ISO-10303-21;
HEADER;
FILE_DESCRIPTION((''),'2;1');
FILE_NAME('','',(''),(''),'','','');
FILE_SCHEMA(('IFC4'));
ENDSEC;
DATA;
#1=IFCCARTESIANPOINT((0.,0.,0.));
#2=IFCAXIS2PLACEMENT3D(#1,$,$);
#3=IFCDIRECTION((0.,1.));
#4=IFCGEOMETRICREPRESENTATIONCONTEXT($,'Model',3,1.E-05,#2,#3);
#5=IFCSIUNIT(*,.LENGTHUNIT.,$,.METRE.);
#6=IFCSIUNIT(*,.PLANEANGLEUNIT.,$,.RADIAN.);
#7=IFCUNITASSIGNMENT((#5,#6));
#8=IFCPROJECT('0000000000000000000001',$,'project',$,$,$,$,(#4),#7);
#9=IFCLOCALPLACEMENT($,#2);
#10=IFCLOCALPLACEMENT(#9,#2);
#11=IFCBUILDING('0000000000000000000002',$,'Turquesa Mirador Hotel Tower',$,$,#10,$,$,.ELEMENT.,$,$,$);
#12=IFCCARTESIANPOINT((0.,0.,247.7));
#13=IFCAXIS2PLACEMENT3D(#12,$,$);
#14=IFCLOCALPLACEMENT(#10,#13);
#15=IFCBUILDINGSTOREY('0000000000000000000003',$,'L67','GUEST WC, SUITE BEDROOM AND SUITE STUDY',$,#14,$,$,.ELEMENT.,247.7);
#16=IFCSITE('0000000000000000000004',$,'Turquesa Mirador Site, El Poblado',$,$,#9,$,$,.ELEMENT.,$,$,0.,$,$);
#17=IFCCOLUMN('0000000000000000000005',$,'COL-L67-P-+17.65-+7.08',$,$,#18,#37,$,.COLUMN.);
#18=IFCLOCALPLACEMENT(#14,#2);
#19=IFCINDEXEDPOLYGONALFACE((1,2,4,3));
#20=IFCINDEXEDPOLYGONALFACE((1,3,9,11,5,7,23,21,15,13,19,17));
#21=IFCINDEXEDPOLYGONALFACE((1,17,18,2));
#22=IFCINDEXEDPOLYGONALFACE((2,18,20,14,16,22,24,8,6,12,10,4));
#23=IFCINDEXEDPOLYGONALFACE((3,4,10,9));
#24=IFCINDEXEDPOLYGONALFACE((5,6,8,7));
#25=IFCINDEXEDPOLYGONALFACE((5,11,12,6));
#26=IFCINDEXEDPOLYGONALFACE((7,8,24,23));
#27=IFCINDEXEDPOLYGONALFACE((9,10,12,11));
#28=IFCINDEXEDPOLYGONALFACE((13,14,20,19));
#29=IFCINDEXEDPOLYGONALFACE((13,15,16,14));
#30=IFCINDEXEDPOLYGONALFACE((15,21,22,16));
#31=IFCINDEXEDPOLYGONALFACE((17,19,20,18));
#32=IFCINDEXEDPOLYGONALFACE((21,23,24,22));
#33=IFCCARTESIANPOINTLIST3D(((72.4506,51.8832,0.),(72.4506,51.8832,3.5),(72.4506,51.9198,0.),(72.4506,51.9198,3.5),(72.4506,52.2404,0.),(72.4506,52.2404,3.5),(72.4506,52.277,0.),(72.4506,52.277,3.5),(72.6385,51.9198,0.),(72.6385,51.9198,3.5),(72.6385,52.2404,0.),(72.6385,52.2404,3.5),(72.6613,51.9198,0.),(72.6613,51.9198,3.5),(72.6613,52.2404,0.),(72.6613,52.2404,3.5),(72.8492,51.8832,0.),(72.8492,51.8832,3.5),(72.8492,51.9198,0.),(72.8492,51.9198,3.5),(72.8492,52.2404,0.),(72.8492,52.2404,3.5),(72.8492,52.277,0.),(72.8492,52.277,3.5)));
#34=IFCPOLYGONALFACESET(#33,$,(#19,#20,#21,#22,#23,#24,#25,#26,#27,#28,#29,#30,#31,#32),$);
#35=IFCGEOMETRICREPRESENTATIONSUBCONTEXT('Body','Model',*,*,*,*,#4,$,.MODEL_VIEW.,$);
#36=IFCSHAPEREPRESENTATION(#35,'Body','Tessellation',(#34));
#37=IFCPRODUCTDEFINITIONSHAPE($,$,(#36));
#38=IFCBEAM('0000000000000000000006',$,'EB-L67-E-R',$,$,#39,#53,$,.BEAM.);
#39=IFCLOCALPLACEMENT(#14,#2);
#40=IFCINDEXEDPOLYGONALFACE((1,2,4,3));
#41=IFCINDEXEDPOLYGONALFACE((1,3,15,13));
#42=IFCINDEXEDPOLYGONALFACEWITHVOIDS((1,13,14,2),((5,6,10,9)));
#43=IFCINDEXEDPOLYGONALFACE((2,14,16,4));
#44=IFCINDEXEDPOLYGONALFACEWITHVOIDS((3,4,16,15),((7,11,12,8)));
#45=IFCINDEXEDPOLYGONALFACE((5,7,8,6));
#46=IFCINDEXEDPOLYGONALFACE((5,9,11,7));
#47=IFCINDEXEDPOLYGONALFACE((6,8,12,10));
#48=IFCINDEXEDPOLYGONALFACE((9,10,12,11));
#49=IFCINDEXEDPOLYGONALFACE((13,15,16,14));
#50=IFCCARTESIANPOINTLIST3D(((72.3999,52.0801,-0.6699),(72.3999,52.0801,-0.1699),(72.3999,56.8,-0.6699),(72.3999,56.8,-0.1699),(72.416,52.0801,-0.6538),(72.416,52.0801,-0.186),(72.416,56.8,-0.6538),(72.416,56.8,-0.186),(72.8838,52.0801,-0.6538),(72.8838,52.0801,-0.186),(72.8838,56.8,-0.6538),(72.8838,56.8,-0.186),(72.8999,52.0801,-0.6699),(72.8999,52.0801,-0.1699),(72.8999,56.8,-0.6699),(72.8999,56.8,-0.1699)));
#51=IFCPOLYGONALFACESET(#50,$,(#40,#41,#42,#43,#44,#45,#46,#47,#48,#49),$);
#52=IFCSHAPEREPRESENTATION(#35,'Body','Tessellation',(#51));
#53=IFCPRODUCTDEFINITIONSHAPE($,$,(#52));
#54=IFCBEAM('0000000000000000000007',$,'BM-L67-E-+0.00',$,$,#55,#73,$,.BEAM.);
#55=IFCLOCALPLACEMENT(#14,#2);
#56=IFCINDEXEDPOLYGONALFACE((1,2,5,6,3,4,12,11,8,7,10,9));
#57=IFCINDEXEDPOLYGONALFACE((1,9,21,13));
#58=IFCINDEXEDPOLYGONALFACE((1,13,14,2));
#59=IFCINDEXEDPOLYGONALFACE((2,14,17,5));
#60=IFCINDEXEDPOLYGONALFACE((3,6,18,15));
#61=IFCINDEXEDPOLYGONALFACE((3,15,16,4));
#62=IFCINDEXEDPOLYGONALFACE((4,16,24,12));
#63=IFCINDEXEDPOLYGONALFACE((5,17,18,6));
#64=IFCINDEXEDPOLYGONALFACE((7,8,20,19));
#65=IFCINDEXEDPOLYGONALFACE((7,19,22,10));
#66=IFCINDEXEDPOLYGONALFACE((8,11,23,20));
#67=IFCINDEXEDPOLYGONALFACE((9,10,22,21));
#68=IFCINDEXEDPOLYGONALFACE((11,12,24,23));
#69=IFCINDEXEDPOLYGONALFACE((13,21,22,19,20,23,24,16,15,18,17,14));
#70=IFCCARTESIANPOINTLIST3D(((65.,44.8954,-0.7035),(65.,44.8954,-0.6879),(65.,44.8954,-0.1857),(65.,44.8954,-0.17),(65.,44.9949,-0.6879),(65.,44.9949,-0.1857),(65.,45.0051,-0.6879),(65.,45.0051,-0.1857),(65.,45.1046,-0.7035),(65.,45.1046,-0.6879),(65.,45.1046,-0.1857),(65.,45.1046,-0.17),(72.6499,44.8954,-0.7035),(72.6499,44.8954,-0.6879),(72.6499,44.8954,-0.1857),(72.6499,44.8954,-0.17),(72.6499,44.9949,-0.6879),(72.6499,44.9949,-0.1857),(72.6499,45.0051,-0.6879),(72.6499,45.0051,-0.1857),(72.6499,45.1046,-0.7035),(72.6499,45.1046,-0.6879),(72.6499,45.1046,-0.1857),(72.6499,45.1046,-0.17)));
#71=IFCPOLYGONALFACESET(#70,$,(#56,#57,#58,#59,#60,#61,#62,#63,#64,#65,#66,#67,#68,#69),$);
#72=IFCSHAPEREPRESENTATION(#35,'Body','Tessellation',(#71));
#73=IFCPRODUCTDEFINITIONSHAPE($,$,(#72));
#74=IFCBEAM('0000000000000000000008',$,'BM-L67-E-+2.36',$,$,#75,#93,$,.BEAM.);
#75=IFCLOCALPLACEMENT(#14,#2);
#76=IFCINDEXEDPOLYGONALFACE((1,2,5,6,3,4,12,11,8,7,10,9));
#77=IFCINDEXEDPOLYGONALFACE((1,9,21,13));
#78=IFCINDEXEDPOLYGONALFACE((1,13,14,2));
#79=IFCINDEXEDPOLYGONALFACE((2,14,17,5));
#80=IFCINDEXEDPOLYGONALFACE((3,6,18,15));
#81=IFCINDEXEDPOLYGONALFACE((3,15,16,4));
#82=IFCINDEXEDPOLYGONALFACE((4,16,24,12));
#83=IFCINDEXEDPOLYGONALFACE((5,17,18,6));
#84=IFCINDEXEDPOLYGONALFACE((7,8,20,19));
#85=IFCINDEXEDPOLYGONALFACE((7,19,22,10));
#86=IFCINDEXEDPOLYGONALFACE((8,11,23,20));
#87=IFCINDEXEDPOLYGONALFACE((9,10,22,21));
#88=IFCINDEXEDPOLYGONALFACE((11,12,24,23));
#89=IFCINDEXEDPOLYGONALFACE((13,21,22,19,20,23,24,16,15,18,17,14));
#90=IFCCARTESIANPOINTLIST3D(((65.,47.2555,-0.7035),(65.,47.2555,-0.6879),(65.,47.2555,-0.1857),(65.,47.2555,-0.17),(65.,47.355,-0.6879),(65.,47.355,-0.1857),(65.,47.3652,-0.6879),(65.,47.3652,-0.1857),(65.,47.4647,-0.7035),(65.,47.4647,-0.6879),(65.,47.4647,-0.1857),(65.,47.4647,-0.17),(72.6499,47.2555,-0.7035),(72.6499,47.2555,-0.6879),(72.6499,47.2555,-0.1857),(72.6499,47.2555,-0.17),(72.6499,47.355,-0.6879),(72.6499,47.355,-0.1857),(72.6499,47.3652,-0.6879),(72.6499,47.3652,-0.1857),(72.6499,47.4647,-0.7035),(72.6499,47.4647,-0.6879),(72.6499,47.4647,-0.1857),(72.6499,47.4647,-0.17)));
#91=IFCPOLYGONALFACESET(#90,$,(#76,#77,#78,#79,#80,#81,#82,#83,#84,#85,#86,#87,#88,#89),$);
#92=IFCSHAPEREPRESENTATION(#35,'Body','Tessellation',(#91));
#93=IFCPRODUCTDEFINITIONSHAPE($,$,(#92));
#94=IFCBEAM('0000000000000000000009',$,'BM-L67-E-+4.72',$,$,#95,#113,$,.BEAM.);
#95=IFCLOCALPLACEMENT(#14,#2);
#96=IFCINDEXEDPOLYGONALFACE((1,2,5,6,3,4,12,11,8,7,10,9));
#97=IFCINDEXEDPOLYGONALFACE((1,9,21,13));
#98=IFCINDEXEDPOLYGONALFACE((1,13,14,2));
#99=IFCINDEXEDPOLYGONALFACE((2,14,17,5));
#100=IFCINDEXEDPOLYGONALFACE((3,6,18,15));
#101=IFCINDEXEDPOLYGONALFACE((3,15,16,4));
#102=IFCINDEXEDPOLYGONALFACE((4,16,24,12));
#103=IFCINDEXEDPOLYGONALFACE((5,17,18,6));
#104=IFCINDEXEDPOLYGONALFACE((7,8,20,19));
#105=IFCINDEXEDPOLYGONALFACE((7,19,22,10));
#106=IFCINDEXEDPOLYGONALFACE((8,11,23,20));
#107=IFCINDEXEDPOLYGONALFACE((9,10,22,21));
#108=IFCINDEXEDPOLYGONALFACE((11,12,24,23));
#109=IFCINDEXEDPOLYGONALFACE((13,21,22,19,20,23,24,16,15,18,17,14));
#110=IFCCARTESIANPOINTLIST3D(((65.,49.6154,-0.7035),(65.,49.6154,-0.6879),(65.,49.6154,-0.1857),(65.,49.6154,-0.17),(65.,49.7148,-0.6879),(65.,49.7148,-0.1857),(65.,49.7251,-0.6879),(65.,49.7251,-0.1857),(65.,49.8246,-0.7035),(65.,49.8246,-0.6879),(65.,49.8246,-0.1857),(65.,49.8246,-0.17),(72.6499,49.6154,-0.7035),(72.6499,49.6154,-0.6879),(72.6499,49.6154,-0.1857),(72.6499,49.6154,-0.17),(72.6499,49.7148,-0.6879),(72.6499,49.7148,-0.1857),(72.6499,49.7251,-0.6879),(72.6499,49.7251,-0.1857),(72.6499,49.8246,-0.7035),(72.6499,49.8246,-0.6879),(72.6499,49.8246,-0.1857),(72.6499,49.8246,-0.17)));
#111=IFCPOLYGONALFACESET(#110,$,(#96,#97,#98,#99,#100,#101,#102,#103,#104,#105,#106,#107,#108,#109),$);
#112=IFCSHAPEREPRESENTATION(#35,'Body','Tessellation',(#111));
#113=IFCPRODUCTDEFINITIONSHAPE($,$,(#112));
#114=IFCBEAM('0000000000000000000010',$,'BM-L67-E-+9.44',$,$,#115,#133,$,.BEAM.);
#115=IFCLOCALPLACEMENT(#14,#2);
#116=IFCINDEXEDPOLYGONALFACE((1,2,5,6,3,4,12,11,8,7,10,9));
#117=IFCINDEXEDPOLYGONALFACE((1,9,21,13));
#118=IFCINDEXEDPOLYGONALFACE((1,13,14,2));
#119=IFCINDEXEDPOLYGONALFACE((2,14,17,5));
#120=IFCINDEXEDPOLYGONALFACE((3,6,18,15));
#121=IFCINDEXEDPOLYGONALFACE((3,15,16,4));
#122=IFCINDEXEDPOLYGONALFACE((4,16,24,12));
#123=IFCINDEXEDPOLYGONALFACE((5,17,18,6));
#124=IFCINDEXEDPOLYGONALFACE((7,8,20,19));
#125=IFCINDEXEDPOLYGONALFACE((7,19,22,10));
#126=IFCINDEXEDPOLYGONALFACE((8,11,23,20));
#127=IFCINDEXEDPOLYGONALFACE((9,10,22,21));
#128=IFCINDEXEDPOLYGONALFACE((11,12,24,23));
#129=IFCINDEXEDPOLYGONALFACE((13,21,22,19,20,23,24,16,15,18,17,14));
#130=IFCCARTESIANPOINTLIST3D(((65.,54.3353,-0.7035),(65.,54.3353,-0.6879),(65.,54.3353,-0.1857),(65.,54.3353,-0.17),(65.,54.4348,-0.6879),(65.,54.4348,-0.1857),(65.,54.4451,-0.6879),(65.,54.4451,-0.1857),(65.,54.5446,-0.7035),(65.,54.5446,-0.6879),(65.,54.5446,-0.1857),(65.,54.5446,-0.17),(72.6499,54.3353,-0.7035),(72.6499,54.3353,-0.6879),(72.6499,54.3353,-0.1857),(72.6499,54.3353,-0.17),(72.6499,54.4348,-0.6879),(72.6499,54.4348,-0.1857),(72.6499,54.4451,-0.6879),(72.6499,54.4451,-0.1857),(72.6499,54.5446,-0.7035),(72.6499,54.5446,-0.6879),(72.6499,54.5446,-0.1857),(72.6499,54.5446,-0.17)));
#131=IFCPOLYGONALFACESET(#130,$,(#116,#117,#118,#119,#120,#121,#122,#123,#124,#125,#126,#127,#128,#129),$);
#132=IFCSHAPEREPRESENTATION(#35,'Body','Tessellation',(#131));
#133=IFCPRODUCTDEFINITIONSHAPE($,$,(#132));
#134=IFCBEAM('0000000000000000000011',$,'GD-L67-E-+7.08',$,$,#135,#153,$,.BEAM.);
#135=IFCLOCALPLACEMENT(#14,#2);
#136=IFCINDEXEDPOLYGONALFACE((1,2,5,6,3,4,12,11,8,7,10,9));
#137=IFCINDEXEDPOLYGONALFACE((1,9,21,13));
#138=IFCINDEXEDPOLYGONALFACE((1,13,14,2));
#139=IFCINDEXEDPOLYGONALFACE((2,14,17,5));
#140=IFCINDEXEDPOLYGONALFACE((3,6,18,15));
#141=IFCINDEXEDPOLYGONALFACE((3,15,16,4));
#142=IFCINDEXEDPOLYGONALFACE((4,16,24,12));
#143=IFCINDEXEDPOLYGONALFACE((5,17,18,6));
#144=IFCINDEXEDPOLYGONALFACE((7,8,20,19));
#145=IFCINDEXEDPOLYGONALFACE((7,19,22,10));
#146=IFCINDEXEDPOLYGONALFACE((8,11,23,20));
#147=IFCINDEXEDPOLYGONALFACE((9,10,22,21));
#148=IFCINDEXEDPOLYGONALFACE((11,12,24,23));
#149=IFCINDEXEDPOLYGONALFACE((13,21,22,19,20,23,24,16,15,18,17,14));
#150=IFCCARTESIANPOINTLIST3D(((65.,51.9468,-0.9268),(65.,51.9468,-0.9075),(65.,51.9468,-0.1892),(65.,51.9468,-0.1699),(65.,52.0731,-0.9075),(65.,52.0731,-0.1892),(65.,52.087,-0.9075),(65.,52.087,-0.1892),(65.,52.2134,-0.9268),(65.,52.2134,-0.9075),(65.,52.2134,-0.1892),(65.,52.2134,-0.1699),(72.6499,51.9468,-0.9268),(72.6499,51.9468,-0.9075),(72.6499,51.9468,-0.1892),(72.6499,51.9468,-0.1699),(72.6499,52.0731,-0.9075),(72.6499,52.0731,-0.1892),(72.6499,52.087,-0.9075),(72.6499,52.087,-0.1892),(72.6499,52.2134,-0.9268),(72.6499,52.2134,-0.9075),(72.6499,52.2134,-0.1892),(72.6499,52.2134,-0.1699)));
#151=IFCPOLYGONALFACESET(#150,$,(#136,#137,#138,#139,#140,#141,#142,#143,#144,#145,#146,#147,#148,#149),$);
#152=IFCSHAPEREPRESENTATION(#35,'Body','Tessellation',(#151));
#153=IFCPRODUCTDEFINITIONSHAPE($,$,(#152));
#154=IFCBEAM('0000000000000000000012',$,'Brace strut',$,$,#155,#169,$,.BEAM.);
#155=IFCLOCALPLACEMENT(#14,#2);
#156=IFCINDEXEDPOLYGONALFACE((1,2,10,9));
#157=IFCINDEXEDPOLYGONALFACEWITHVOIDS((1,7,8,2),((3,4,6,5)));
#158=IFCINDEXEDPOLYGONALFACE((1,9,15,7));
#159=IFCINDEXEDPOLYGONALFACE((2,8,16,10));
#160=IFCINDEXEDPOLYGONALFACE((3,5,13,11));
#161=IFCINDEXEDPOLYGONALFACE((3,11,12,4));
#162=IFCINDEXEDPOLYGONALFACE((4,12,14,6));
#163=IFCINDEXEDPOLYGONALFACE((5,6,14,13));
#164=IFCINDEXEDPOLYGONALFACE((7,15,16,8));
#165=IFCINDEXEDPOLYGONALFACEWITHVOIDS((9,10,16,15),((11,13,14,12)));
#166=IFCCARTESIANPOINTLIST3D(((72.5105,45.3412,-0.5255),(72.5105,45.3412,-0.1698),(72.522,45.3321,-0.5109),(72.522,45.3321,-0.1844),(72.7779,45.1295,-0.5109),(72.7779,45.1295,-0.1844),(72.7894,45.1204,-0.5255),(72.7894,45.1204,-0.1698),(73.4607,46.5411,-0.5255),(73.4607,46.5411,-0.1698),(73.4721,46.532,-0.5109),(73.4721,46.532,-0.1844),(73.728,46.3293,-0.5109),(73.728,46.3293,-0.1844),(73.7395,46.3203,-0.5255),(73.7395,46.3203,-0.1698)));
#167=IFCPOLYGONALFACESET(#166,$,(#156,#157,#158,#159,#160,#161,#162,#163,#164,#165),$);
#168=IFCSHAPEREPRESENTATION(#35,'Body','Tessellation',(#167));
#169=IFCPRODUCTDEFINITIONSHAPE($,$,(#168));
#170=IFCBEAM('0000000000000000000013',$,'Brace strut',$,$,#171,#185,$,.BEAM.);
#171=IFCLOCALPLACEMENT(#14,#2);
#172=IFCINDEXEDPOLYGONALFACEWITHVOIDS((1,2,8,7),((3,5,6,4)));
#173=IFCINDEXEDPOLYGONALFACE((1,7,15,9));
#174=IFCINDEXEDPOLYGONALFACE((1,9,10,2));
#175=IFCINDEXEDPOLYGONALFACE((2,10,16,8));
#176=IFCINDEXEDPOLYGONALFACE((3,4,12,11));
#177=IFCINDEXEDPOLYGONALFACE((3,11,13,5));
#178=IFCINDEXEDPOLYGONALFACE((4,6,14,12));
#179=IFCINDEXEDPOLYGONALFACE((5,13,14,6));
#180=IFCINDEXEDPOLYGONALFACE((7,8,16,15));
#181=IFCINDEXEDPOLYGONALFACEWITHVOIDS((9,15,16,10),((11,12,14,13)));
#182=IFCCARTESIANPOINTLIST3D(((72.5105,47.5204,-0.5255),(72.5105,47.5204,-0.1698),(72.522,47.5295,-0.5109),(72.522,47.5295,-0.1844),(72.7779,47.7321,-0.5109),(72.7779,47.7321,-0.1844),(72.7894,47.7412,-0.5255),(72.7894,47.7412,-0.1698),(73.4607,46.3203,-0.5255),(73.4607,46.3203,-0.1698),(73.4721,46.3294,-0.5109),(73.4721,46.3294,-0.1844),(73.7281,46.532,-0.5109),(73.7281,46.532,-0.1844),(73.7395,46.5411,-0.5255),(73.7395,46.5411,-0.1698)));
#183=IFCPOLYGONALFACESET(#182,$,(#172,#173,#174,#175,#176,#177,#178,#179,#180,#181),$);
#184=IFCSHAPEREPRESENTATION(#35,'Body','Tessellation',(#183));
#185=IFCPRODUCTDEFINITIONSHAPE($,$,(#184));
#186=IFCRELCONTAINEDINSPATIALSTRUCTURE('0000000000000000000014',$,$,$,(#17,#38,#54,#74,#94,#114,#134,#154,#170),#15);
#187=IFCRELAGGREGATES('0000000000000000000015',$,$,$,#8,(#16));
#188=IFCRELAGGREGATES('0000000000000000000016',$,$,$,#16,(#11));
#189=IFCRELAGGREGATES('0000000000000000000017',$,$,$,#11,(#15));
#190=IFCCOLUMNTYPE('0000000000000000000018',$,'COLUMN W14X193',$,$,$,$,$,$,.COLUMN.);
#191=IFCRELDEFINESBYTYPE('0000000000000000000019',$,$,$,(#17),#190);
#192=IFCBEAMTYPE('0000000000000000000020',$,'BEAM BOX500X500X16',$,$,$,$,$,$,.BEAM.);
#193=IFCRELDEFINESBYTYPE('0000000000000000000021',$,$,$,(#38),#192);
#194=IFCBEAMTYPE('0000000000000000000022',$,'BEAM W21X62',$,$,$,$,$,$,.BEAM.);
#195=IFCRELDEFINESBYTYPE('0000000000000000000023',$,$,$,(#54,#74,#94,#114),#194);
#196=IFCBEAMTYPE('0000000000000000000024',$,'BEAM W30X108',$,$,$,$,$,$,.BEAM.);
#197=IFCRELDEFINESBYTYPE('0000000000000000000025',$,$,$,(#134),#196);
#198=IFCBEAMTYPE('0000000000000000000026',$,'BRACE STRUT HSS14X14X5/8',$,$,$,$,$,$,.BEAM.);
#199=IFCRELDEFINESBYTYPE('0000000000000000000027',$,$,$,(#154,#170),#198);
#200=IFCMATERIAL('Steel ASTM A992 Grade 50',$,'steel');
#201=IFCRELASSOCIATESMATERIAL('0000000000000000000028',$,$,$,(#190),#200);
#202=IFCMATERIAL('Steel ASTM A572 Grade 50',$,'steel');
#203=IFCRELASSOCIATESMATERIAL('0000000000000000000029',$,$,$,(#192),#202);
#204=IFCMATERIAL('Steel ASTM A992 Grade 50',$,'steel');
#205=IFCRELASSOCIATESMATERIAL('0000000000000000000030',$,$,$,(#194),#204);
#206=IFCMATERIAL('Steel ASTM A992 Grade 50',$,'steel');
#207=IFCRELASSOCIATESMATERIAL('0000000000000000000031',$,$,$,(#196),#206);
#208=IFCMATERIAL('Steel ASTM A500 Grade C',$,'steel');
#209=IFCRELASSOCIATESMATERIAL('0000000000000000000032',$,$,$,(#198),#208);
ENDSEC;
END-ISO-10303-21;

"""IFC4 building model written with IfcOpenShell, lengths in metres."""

from ifc_helpers import new_model, si_unit, direction, frame, origin, origin_2d, place, context, subcontext, project, spatial, hollow_rectangle, i_section, extrude, material, material_profile, profile_set, type_object, element, save


model = new_model("IFC4")

# Units and contexts
model_context = context("Model", 3, precision=1e-05, world=origin(), true_north=direction((0.0, 1.0)))
body_context = subcontext(model_context, "Body", "Model", "MODEL_VIEW")
ifc_project = project(units=[si_unit("LENGTHUNIT", "METRE"), si_unit("PLANEANGLEUNIT", "RADIAN")], contexts=[model_context])

# Site, building, storey
site_placement = place(None, origin())
site = spatial("IfcSite", under=ifc_project, at=site_placement, Name="Turquesa Mirador Site, El Poblado", CompositionType="ELEMENT", RefElevation=0.0)
building_placement = place(site_placement, origin())
building = spatial("IfcBuilding", under=site, at=building_placement, Name="Turquesa Mirador Hotel Tower", CompositionType="ELEMENT")
storey_placement = place(building_placement, frame((0.0, 0.0, 247.7)))
storey = spatial("IfcBuildingStorey", under=building, at=storey_placement, Name="L67", Description="GUEST WC, SUITE BEDROOM AND SUITE STUDY", CompositionType="ELEMENT", Elevation=247.7)

# Column
ifc_material_1 = material(Name="Steel ASTM A992 Grade 50", Category="steel")
ifc_material_profile_1 = material_profile(ifc_material_1, i_section(OverallWidth=0.3987, OverallDepth=0.3938, WebThickness=0.0227, FlangeThickness=0.0366, at=origin_2d()), Name="W14X193")
ifc_profile_set_1 = profile_set([ifc_material_profile_1], Name="Steel ASTM A992 Grade 50")
column_type = type_object("IfcColumnType", Name="COLUMN W14X193", PredefinedType="COLUMN", material=ifc_profile_set_1)
column_placement = place(storey_placement, frame((72.6499, 52.0801, 0.0), z_axis=(0.0, 0.0, 1.0), x_axis=(1.0, 0.0, 0.0)))
element("IfcColumn", 1, at=column_placement, inside=storey, type_object=column_type, Name="COL-L67-P-+17.65-+7.08", PredefinedType="COLUMN", context=body_context, shape_type="SweptSolid", body=[
    extrude(i_section(OverallWidth=0.3987, OverallDepth=0.3938, WebThickness=0.0227, FlangeThickness=0.0366, at=origin_2d()), origin(), (0.0, 0.0, 1.0), 3.5),
])

# Beams
ifc_material_2 = material(Name="Steel ASTM A572 Grade 50", Category="steel")
ifc_material_profile_2 = material_profile(ifc_material_2, hollow_rectangle(XDim=0.5, YDim=0.5, WallThickness=0.0161, at=origin_2d()), Name="BOX500X500X16")
ifc_profile_set_2 = profile_set([ifc_material_profile_2], Name="Steel ASTM A572 Grade 50")
beam_type_1 = type_object("IfcBeamType", Name="BEAM BOX500X500X16", PredefinedType="BEAM", material=ifc_profile_set_2)
beam_1_placement = place(storey_placement, frame((72.6499, 52.0801, -0.4199), z_axis=(0.0, 1.0, 0.0), x_axis=(-1.0, 0.0, 0.0)))
element("IfcBeam", 2, at=beam_1_placement, inside=storey, type_object=beam_type_1, Name="EB-L67-E-R", PredefinedType="BEAM", context=body_context, shape_type="SweptSolid", body=[
    extrude(hollow_rectangle(XDim=0.5, YDim=0.5, WallThickness=0.0161, at=origin_2d()), origin(), (0.0, 0.0, 1.0), 4.72),
])
ifc_material_3 = material(Name="Steel ASTM A992 Grade 50", Category="steel")
ifc_material_profile_3 = material_profile(ifc_material_3, i_section(OverallWidth=0.2092, OverallDepth=0.5334, WebThickness=0.0103, FlangeThickness=0.0156, at=origin_2d()), Name="W21X62")
ifc_profile_set_3 = profile_set([ifc_material_profile_3], Name="Steel ASTM A992 Grade 50")
beam_type_2 = type_object("IfcBeamType", Name="BEAM W21X62", PredefinedType="BEAM", material=ifc_profile_set_3)
for number, where, z_axis, x_axis, name in (
    (3, (72.6499, 45.0, -0.4368), (-1.0, 0.0, 0.0), (0.0, -1.0, 0.0), "BM-L67-E-+0.00"),
    (4, (72.6499, 47.3601, -0.4368), (-1.0, 0.0, 0.0), (0.0, -1.0, 0.0), "BM-L67-E-+2.36"),
    (5, (72.6499, 49.72, -0.4368), (-1.0, 0.0, 0.0), (0.0, -1.0, 0.0), "BM-L67-E-+4.72"),
    (6, (72.6499, 54.4399, -0.4368), (-1.0, 0.0, 0.0), (0.0, -1.0, 0.0), "BM-L67-E-+9.44"),
):
    element("IfcBeam", number, at=place(storey_placement, frame(where, z_axis=z_axis, x_axis=x_axis)), inside=storey, type_object=beam_type_2, Name=name, PredefinedType="BEAM", context=body_context, shape_type="SweptSolid", body=[
        extrude(i_section(OverallWidth=0.2092, OverallDepth=0.5334, WebThickness=0.0103, FlangeThickness=0.0156, at=origin_2d()), origin(), (0.0, 0.0, 1.0), 7.6499),
    ])
ifc_material_4 = material(Name="Steel ASTM A992 Grade 50", Category="steel")
ifc_material_profile_4 = material_profile(ifc_material_4, i_section(OverallWidth=0.2666, OverallDepth=0.7568, WebThickness=0.0139, FlangeThickness=0.0193, at=origin_2d()), Name="W30X108")
ifc_profile_set_4 = profile_set([ifc_material_profile_4], Name="Steel ASTM A992 Grade 50")
beam_type_3 = type_object("IfcBeamType", Name="BEAM W30X108", PredefinedType="BEAM", material=ifc_profile_set_4)
beam_2_placement = place(storey_placement, frame((72.6499, 52.0801, -0.5483), z_axis=(-1.0, 0.0, 0.0), x_axis=(0.0, -1.0, 0.0)))
element("IfcBeam", 7, at=beam_2_placement, inside=storey, type_object=beam_type_3, Name="GD-L67-E-+7.08", PredefinedType="BEAM", context=body_context, shape_type="SweptSolid", body=[
    extrude(i_section(OverallWidth=0.2666, OverallDepth=0.7568, WebThickness=0.0139, FlangeThickness=0.0193, at=origin_2d()), origin(), (0.0, 0.0, 1.0), 7.6499),
])
ifc_material_5 = material(Name="Steel ASTM A500 Grade C", Category="steel")
ifc_material_profile_5 = material_profile(ifc_material_5, hollow_rectangle(XDim=0.3557, YDim=0.3557, WallThickness=0.0146, at=origin_2d()), Name="HSS14X14X5/8")
ifc_profile_set_5 = profile_set([ifc_material_profile_5], Name="Steel ASTM A500 Grade C")
beam_type_4 = type_object("IfcBeamType", Name="BRACE STRUT HSS14X14X5/8", PredefinedType="BEAM", material=ifc_profile_set_5)
beam_3_placement = place(storey_placement, frame((73.6001, 46.4307, -0.3477), z_axis=(-0.620797, -0.783971, 0.0), x_axis=(0.783971, -0.620797, 0.0)))
element("IfcBeam", 8, at=beam_3_placement, inside=storey, type_object=beam_type_4, Name="Brace strut", PredefinedType="BEAM", context=body_context, shape_type="SweptSolid", body=[
    extrude(hollow_rectangle(XDim=0.3557, YDim=0.3557, WallThickness=0.0146, at=origin_2d()), origin(), (0.0, 0.0, 1.0), 1.5305),
])
beam_4_placement = place(storey_placement, frame((73.6001, 46.4307, -0.3477), z_axis=(-0.620719, 0.784033, 0.0), x_axis=(-0.784033, -0.620719, 0.0)))
element("IfcBeam", 9, at=beam_4_placement, inside=storey, type_object=beam_type_4, Name="Brace strut", PredefinedType="BEAM", context=body_context, shape_type="SweptSolid", body=[
    extrude(hollow_rectangle(XDim=0.3557, YDim=0.3557, WallThickness=0.0146, at=origin_2d()), origin(), (0.0, 0.0, 1.0), 1.5308),
])

save(model, "model.ifc")
